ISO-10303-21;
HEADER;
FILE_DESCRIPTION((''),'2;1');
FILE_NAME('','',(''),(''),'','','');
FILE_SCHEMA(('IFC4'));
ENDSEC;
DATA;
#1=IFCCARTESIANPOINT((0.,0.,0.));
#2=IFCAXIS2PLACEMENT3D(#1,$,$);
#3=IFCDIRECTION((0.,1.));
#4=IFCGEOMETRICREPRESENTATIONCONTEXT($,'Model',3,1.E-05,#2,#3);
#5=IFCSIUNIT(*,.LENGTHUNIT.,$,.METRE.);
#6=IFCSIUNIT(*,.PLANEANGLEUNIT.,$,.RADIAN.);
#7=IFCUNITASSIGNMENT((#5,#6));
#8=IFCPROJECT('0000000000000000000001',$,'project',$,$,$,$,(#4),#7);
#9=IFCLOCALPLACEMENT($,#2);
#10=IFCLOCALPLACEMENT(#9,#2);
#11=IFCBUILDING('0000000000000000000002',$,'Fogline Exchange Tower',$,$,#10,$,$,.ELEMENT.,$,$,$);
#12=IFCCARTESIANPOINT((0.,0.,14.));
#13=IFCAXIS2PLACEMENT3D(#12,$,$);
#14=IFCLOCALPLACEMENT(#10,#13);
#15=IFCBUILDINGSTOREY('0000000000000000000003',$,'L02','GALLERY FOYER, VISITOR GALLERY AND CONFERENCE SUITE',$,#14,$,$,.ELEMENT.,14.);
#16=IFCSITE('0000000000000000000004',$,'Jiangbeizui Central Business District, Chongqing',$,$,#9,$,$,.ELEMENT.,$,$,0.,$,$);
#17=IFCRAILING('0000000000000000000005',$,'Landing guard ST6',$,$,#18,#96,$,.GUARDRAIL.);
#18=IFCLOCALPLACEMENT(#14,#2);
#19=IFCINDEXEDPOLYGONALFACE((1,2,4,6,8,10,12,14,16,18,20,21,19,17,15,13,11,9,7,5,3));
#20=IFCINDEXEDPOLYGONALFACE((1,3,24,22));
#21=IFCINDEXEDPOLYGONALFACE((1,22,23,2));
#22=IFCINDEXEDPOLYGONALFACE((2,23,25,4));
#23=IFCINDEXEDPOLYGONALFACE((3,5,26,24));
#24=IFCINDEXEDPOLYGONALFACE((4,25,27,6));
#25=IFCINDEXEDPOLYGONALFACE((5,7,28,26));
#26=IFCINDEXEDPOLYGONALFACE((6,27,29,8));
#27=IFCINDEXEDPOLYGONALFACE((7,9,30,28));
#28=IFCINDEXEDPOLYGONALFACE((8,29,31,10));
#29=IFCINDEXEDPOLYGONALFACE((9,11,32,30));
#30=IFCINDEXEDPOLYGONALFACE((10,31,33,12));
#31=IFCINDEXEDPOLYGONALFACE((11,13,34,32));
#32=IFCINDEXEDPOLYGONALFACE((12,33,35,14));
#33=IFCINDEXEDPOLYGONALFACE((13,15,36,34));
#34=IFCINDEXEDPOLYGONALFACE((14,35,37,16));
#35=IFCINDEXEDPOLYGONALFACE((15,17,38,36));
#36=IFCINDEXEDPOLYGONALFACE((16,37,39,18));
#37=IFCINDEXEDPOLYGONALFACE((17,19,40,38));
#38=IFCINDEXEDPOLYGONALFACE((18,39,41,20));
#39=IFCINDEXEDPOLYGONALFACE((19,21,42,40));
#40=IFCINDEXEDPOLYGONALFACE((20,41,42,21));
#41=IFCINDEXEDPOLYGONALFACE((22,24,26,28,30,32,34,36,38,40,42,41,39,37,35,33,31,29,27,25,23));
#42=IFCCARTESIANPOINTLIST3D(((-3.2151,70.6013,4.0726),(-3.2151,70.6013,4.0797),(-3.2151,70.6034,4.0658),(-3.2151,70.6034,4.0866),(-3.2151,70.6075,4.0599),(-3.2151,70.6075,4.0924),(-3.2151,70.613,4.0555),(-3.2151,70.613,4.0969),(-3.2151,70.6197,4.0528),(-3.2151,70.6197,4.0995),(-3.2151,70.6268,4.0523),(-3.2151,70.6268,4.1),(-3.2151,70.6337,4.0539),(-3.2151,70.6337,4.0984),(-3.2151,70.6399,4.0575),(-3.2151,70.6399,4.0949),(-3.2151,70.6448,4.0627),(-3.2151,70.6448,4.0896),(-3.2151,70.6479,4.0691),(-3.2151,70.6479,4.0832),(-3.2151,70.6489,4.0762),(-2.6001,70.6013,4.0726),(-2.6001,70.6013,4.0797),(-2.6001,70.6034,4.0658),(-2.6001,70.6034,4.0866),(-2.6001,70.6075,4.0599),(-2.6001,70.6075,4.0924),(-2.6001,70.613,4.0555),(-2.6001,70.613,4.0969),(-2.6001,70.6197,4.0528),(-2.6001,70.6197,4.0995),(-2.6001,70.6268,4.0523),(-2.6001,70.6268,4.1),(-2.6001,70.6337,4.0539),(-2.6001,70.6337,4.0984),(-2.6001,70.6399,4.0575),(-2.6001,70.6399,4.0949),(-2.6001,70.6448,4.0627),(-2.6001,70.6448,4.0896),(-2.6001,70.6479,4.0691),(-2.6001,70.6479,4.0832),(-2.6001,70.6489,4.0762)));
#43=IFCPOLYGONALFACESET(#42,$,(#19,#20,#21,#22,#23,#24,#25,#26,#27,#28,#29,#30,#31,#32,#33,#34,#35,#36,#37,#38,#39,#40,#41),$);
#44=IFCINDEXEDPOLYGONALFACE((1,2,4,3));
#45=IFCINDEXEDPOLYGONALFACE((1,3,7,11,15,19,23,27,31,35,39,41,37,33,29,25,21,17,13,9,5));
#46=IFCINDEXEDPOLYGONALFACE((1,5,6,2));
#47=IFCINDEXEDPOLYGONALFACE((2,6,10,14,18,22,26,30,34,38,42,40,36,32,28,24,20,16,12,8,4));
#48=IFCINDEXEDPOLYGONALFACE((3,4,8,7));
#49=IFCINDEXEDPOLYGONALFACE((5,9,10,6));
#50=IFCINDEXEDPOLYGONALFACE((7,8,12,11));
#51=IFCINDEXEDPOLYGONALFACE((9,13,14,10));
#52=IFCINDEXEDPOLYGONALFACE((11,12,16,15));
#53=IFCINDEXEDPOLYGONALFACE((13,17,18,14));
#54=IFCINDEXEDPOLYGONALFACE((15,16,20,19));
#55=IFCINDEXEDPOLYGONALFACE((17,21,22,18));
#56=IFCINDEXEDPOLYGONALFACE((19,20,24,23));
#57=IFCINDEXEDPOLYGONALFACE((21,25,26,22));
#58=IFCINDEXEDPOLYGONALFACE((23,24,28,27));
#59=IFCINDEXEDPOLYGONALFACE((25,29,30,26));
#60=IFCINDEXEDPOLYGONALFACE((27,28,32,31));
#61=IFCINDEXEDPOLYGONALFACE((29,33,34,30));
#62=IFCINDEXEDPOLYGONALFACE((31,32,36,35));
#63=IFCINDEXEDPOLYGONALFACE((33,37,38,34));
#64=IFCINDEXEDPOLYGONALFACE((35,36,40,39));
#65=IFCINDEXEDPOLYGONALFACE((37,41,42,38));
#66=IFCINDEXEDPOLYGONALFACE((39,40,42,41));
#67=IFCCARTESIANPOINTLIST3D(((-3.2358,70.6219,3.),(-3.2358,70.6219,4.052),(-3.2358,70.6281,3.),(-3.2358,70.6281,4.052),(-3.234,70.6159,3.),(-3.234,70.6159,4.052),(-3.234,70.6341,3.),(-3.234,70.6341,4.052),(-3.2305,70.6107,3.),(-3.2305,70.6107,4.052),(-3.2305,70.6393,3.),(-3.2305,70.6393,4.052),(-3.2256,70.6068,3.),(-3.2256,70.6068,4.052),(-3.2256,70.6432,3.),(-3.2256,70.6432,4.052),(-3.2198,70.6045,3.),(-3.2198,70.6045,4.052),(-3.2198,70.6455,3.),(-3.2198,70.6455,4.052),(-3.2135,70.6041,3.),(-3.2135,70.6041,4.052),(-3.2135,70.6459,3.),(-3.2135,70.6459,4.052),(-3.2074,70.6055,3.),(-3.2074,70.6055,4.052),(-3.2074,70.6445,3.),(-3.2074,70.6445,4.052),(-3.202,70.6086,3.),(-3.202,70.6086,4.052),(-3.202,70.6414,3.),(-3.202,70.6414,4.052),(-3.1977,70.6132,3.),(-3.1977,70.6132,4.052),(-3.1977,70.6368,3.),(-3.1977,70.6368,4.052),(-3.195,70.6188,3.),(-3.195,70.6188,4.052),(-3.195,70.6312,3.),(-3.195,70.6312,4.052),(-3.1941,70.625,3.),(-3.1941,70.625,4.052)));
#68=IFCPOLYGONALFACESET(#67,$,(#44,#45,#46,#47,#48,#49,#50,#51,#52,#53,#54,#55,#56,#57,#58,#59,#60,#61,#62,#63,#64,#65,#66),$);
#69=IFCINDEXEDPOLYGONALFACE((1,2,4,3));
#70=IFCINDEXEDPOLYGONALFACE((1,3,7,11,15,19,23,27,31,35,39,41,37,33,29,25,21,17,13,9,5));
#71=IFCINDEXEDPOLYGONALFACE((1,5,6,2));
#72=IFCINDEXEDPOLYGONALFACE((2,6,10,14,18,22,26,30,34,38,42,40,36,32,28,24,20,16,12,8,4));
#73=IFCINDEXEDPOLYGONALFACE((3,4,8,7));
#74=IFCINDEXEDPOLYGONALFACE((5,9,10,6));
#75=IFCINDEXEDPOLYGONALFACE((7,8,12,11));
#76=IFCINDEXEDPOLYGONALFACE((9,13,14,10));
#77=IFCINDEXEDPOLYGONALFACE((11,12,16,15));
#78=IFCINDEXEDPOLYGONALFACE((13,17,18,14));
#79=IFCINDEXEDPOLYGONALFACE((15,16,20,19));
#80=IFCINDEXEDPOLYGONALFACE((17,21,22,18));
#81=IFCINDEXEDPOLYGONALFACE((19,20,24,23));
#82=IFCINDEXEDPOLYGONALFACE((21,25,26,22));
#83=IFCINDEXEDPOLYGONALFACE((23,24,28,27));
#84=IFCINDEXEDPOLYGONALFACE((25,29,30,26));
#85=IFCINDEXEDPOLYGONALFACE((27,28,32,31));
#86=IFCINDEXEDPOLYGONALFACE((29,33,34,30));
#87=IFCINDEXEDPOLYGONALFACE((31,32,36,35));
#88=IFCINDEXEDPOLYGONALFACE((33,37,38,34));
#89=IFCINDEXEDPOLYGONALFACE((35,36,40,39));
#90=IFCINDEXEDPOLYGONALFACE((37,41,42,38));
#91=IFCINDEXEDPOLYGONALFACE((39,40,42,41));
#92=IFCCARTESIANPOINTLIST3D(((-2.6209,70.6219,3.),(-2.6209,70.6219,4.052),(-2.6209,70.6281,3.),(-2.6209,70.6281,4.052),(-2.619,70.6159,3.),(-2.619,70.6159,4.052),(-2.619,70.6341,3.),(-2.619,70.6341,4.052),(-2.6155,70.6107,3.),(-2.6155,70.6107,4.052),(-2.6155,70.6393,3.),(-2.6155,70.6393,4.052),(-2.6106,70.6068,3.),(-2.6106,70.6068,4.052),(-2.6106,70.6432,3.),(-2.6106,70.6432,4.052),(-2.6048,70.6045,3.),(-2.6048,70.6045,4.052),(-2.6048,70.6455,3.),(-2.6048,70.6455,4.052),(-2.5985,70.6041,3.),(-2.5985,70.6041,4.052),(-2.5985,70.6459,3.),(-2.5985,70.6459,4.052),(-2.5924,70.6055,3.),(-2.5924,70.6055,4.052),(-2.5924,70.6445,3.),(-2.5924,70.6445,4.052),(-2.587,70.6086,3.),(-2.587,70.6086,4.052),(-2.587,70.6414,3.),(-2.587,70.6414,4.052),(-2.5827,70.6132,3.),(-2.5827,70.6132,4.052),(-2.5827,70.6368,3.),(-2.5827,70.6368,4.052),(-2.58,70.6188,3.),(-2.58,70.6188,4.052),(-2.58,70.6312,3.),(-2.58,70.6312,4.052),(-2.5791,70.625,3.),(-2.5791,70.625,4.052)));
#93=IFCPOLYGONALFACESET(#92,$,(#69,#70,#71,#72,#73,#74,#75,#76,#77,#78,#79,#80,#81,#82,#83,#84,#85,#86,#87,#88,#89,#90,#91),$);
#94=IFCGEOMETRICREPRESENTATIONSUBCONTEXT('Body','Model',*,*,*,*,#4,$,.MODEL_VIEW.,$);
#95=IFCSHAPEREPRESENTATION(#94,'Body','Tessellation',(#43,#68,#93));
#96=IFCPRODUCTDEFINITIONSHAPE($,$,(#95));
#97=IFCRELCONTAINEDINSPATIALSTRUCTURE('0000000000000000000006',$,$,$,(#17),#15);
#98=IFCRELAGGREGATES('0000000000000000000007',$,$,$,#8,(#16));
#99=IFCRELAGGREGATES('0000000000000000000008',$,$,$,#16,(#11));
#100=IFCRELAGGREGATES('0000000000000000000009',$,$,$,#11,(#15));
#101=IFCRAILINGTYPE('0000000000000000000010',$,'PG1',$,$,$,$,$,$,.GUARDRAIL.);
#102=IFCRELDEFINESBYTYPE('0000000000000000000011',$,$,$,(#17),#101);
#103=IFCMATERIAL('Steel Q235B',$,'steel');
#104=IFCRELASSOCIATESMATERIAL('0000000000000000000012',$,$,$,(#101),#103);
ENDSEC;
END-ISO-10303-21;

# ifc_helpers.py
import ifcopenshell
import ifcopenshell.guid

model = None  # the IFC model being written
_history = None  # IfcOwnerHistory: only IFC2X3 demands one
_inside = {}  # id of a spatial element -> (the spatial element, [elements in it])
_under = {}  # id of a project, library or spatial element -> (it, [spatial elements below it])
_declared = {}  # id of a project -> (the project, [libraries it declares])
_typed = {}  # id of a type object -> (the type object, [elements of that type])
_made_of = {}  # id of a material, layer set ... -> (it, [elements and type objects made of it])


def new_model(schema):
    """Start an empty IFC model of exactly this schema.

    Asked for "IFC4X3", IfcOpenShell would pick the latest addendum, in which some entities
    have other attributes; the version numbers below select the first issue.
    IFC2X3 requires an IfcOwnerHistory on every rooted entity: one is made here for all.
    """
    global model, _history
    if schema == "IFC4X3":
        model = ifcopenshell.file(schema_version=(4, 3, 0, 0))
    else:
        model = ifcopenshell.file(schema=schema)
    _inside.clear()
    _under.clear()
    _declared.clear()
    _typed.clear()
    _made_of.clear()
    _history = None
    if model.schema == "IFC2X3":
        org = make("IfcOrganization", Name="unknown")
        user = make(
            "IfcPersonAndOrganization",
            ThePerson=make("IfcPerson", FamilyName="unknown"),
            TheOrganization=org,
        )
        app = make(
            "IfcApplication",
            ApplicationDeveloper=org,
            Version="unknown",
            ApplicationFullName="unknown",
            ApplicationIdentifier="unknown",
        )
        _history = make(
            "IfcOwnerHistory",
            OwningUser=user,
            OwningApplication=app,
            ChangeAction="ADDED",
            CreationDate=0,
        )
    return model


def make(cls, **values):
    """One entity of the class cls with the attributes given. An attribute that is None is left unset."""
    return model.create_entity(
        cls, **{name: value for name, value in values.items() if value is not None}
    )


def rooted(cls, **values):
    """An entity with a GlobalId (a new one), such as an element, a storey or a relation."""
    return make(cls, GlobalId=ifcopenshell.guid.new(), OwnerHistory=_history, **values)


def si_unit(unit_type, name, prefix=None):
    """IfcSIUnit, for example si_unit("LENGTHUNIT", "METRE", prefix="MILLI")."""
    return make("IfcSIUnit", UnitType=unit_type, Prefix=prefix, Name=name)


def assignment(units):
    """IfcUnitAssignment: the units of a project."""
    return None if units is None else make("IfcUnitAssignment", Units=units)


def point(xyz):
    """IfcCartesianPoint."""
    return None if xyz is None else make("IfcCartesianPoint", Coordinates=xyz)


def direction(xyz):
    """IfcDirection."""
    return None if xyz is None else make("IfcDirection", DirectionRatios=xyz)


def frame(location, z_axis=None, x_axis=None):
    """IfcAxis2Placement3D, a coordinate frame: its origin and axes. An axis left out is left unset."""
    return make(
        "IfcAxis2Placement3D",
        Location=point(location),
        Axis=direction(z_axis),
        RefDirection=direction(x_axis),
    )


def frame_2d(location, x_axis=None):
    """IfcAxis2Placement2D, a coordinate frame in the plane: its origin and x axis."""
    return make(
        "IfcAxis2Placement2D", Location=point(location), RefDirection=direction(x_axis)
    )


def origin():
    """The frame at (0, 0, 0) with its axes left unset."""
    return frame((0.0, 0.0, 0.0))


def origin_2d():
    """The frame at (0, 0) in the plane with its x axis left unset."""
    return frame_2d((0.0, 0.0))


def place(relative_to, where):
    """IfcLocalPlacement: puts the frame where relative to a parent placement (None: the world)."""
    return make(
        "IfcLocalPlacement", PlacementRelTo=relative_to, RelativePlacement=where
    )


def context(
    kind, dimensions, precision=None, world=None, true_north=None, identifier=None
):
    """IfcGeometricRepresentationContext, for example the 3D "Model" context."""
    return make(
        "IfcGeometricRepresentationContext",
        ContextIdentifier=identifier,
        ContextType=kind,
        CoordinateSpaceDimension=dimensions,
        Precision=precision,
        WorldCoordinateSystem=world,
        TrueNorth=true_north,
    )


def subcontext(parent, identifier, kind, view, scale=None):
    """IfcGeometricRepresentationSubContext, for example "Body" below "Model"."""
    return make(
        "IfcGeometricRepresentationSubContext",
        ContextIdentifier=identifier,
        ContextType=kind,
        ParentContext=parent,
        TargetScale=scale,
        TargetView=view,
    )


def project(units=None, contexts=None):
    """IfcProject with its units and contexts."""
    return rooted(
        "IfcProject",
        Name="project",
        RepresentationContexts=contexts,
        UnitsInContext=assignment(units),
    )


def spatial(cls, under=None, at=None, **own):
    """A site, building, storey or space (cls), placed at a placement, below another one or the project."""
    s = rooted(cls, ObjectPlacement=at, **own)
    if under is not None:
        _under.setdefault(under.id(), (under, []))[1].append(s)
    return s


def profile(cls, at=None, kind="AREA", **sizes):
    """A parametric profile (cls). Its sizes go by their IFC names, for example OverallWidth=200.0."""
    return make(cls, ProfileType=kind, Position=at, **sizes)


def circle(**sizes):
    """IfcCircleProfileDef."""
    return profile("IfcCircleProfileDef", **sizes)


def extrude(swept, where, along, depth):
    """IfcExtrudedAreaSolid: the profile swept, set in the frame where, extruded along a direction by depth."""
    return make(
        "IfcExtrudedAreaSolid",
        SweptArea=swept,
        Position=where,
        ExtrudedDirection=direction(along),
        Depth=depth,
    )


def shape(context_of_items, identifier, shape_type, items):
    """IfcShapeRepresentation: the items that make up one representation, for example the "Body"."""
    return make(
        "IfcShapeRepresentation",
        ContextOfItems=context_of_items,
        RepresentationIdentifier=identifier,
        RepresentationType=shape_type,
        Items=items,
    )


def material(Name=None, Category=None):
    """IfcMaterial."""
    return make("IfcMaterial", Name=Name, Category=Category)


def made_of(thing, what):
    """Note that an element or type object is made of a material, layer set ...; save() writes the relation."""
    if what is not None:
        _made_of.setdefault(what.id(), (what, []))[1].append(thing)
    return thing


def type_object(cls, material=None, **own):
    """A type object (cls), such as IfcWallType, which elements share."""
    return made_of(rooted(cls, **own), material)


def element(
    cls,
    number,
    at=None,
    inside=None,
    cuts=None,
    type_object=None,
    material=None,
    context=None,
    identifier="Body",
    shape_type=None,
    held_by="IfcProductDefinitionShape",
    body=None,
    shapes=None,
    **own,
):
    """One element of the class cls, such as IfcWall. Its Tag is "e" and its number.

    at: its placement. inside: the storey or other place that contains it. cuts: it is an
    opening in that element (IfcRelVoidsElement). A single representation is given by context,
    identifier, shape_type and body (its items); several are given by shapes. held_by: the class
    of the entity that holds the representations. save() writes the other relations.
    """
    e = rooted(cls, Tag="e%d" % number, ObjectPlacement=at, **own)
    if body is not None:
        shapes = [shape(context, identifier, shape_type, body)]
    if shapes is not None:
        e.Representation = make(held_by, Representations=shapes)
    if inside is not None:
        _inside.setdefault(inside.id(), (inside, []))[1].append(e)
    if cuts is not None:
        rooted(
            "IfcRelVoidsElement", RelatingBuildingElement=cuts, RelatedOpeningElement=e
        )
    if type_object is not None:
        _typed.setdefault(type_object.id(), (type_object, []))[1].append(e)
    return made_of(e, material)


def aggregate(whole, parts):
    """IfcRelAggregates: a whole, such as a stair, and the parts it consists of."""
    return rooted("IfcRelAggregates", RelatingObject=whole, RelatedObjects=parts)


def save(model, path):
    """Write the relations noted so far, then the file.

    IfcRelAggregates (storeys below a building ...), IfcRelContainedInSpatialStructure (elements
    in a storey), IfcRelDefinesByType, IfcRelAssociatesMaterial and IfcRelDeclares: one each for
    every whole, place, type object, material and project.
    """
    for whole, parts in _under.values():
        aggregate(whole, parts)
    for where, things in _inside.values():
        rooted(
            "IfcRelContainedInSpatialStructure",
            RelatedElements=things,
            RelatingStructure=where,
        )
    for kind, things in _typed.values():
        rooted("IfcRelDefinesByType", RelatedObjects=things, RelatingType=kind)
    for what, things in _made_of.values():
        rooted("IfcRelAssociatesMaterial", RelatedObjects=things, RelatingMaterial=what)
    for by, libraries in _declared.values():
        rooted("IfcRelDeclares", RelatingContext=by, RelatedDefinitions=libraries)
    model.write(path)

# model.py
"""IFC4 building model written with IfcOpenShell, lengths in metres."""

from ifc_helpers import new_model, si_unit, direction, frame, origin, origin_2d, place, context, subcontext, project, spatial, circle, extrude, material, type_object, element, save


model = new_model("IFC4")

# Units and contexts
model_context = context("Model", 3, precision=1e-05, world=origin(), true_north=direction((0.0, 1.0)))
body_context = subcontext(model_context, "Body", "Model", "MODEL_VIEW")
ifc_project = project(units=[si_unit("LENGTHUNIT", "METRE"), si_unit("PLANEANGLEUNIT", "RADIAN")], contexts=[model_context])

# Site, building, storey
site_placement = place(None, origin())
site = spatial("IfcSite", under=ifc_project, at=site_placement, Name="Jiangbeizui Central Business District, Chongqing", CompositionType="ELEMENT", RefElevation=0.0)
building_placement = place(site_placement, origin())
building = spatial("IfcBuilding", under=site, at=building_placement, Name="Fogline Exchange Tower", CompositionType="ELEMENT")
storey_placement = place(building_placement, frame((0.0, 0.0, 14.0)))
storey = spatial("IfcBuildingStorey", under=building, at=storey_placement, Name="L02", Description="GALLERY FOYER, VISITOR GALLERY AND CONFERENCE SUITE", CompositionType="ELEMENT", Elevation=14.0)

# Shared definitions
ifc_material_1 = material(Name="Steel Q235B", Category="steel")

# Railing
railing_type_1 = type_object("IfcRailingType", Name="PG1", PredefinedType="GUARDRAIL", material=ifc_material_1)
railing_1_placement = place(storey_placement, frame((-3.2151, 70.625, 3.0)))
element("IfcRailing", 1, at=railing_1_placement, inside=storey, type_object=railing_type_1, Name="Landing guard ST6", PredefinedType="GUARDRAIL", context=body_context, shape_type="SweptSolid", body=[
    extrude(circle(Radius=0.0239, at=origin_2d()), frame((0.0, 0.0, 1.0762), z_axis=(1.0, 0.0, 0.0), x_axis=(0.0, 1.0, 0.0)), (0.0, 0.0, 1.0), 0.615),
    extrude(circle(Radius=0.021, at=origin_2d()), origin(), (0.0, 0.0, 1.0), 1.052),
    extrude(circle(Radius=0.021, at=origin_2d()), frame((0.615, 0.0, 0.0)), (0.0, 0.0, 1.0), 1.052),
])

save(model, "model.ifc")
